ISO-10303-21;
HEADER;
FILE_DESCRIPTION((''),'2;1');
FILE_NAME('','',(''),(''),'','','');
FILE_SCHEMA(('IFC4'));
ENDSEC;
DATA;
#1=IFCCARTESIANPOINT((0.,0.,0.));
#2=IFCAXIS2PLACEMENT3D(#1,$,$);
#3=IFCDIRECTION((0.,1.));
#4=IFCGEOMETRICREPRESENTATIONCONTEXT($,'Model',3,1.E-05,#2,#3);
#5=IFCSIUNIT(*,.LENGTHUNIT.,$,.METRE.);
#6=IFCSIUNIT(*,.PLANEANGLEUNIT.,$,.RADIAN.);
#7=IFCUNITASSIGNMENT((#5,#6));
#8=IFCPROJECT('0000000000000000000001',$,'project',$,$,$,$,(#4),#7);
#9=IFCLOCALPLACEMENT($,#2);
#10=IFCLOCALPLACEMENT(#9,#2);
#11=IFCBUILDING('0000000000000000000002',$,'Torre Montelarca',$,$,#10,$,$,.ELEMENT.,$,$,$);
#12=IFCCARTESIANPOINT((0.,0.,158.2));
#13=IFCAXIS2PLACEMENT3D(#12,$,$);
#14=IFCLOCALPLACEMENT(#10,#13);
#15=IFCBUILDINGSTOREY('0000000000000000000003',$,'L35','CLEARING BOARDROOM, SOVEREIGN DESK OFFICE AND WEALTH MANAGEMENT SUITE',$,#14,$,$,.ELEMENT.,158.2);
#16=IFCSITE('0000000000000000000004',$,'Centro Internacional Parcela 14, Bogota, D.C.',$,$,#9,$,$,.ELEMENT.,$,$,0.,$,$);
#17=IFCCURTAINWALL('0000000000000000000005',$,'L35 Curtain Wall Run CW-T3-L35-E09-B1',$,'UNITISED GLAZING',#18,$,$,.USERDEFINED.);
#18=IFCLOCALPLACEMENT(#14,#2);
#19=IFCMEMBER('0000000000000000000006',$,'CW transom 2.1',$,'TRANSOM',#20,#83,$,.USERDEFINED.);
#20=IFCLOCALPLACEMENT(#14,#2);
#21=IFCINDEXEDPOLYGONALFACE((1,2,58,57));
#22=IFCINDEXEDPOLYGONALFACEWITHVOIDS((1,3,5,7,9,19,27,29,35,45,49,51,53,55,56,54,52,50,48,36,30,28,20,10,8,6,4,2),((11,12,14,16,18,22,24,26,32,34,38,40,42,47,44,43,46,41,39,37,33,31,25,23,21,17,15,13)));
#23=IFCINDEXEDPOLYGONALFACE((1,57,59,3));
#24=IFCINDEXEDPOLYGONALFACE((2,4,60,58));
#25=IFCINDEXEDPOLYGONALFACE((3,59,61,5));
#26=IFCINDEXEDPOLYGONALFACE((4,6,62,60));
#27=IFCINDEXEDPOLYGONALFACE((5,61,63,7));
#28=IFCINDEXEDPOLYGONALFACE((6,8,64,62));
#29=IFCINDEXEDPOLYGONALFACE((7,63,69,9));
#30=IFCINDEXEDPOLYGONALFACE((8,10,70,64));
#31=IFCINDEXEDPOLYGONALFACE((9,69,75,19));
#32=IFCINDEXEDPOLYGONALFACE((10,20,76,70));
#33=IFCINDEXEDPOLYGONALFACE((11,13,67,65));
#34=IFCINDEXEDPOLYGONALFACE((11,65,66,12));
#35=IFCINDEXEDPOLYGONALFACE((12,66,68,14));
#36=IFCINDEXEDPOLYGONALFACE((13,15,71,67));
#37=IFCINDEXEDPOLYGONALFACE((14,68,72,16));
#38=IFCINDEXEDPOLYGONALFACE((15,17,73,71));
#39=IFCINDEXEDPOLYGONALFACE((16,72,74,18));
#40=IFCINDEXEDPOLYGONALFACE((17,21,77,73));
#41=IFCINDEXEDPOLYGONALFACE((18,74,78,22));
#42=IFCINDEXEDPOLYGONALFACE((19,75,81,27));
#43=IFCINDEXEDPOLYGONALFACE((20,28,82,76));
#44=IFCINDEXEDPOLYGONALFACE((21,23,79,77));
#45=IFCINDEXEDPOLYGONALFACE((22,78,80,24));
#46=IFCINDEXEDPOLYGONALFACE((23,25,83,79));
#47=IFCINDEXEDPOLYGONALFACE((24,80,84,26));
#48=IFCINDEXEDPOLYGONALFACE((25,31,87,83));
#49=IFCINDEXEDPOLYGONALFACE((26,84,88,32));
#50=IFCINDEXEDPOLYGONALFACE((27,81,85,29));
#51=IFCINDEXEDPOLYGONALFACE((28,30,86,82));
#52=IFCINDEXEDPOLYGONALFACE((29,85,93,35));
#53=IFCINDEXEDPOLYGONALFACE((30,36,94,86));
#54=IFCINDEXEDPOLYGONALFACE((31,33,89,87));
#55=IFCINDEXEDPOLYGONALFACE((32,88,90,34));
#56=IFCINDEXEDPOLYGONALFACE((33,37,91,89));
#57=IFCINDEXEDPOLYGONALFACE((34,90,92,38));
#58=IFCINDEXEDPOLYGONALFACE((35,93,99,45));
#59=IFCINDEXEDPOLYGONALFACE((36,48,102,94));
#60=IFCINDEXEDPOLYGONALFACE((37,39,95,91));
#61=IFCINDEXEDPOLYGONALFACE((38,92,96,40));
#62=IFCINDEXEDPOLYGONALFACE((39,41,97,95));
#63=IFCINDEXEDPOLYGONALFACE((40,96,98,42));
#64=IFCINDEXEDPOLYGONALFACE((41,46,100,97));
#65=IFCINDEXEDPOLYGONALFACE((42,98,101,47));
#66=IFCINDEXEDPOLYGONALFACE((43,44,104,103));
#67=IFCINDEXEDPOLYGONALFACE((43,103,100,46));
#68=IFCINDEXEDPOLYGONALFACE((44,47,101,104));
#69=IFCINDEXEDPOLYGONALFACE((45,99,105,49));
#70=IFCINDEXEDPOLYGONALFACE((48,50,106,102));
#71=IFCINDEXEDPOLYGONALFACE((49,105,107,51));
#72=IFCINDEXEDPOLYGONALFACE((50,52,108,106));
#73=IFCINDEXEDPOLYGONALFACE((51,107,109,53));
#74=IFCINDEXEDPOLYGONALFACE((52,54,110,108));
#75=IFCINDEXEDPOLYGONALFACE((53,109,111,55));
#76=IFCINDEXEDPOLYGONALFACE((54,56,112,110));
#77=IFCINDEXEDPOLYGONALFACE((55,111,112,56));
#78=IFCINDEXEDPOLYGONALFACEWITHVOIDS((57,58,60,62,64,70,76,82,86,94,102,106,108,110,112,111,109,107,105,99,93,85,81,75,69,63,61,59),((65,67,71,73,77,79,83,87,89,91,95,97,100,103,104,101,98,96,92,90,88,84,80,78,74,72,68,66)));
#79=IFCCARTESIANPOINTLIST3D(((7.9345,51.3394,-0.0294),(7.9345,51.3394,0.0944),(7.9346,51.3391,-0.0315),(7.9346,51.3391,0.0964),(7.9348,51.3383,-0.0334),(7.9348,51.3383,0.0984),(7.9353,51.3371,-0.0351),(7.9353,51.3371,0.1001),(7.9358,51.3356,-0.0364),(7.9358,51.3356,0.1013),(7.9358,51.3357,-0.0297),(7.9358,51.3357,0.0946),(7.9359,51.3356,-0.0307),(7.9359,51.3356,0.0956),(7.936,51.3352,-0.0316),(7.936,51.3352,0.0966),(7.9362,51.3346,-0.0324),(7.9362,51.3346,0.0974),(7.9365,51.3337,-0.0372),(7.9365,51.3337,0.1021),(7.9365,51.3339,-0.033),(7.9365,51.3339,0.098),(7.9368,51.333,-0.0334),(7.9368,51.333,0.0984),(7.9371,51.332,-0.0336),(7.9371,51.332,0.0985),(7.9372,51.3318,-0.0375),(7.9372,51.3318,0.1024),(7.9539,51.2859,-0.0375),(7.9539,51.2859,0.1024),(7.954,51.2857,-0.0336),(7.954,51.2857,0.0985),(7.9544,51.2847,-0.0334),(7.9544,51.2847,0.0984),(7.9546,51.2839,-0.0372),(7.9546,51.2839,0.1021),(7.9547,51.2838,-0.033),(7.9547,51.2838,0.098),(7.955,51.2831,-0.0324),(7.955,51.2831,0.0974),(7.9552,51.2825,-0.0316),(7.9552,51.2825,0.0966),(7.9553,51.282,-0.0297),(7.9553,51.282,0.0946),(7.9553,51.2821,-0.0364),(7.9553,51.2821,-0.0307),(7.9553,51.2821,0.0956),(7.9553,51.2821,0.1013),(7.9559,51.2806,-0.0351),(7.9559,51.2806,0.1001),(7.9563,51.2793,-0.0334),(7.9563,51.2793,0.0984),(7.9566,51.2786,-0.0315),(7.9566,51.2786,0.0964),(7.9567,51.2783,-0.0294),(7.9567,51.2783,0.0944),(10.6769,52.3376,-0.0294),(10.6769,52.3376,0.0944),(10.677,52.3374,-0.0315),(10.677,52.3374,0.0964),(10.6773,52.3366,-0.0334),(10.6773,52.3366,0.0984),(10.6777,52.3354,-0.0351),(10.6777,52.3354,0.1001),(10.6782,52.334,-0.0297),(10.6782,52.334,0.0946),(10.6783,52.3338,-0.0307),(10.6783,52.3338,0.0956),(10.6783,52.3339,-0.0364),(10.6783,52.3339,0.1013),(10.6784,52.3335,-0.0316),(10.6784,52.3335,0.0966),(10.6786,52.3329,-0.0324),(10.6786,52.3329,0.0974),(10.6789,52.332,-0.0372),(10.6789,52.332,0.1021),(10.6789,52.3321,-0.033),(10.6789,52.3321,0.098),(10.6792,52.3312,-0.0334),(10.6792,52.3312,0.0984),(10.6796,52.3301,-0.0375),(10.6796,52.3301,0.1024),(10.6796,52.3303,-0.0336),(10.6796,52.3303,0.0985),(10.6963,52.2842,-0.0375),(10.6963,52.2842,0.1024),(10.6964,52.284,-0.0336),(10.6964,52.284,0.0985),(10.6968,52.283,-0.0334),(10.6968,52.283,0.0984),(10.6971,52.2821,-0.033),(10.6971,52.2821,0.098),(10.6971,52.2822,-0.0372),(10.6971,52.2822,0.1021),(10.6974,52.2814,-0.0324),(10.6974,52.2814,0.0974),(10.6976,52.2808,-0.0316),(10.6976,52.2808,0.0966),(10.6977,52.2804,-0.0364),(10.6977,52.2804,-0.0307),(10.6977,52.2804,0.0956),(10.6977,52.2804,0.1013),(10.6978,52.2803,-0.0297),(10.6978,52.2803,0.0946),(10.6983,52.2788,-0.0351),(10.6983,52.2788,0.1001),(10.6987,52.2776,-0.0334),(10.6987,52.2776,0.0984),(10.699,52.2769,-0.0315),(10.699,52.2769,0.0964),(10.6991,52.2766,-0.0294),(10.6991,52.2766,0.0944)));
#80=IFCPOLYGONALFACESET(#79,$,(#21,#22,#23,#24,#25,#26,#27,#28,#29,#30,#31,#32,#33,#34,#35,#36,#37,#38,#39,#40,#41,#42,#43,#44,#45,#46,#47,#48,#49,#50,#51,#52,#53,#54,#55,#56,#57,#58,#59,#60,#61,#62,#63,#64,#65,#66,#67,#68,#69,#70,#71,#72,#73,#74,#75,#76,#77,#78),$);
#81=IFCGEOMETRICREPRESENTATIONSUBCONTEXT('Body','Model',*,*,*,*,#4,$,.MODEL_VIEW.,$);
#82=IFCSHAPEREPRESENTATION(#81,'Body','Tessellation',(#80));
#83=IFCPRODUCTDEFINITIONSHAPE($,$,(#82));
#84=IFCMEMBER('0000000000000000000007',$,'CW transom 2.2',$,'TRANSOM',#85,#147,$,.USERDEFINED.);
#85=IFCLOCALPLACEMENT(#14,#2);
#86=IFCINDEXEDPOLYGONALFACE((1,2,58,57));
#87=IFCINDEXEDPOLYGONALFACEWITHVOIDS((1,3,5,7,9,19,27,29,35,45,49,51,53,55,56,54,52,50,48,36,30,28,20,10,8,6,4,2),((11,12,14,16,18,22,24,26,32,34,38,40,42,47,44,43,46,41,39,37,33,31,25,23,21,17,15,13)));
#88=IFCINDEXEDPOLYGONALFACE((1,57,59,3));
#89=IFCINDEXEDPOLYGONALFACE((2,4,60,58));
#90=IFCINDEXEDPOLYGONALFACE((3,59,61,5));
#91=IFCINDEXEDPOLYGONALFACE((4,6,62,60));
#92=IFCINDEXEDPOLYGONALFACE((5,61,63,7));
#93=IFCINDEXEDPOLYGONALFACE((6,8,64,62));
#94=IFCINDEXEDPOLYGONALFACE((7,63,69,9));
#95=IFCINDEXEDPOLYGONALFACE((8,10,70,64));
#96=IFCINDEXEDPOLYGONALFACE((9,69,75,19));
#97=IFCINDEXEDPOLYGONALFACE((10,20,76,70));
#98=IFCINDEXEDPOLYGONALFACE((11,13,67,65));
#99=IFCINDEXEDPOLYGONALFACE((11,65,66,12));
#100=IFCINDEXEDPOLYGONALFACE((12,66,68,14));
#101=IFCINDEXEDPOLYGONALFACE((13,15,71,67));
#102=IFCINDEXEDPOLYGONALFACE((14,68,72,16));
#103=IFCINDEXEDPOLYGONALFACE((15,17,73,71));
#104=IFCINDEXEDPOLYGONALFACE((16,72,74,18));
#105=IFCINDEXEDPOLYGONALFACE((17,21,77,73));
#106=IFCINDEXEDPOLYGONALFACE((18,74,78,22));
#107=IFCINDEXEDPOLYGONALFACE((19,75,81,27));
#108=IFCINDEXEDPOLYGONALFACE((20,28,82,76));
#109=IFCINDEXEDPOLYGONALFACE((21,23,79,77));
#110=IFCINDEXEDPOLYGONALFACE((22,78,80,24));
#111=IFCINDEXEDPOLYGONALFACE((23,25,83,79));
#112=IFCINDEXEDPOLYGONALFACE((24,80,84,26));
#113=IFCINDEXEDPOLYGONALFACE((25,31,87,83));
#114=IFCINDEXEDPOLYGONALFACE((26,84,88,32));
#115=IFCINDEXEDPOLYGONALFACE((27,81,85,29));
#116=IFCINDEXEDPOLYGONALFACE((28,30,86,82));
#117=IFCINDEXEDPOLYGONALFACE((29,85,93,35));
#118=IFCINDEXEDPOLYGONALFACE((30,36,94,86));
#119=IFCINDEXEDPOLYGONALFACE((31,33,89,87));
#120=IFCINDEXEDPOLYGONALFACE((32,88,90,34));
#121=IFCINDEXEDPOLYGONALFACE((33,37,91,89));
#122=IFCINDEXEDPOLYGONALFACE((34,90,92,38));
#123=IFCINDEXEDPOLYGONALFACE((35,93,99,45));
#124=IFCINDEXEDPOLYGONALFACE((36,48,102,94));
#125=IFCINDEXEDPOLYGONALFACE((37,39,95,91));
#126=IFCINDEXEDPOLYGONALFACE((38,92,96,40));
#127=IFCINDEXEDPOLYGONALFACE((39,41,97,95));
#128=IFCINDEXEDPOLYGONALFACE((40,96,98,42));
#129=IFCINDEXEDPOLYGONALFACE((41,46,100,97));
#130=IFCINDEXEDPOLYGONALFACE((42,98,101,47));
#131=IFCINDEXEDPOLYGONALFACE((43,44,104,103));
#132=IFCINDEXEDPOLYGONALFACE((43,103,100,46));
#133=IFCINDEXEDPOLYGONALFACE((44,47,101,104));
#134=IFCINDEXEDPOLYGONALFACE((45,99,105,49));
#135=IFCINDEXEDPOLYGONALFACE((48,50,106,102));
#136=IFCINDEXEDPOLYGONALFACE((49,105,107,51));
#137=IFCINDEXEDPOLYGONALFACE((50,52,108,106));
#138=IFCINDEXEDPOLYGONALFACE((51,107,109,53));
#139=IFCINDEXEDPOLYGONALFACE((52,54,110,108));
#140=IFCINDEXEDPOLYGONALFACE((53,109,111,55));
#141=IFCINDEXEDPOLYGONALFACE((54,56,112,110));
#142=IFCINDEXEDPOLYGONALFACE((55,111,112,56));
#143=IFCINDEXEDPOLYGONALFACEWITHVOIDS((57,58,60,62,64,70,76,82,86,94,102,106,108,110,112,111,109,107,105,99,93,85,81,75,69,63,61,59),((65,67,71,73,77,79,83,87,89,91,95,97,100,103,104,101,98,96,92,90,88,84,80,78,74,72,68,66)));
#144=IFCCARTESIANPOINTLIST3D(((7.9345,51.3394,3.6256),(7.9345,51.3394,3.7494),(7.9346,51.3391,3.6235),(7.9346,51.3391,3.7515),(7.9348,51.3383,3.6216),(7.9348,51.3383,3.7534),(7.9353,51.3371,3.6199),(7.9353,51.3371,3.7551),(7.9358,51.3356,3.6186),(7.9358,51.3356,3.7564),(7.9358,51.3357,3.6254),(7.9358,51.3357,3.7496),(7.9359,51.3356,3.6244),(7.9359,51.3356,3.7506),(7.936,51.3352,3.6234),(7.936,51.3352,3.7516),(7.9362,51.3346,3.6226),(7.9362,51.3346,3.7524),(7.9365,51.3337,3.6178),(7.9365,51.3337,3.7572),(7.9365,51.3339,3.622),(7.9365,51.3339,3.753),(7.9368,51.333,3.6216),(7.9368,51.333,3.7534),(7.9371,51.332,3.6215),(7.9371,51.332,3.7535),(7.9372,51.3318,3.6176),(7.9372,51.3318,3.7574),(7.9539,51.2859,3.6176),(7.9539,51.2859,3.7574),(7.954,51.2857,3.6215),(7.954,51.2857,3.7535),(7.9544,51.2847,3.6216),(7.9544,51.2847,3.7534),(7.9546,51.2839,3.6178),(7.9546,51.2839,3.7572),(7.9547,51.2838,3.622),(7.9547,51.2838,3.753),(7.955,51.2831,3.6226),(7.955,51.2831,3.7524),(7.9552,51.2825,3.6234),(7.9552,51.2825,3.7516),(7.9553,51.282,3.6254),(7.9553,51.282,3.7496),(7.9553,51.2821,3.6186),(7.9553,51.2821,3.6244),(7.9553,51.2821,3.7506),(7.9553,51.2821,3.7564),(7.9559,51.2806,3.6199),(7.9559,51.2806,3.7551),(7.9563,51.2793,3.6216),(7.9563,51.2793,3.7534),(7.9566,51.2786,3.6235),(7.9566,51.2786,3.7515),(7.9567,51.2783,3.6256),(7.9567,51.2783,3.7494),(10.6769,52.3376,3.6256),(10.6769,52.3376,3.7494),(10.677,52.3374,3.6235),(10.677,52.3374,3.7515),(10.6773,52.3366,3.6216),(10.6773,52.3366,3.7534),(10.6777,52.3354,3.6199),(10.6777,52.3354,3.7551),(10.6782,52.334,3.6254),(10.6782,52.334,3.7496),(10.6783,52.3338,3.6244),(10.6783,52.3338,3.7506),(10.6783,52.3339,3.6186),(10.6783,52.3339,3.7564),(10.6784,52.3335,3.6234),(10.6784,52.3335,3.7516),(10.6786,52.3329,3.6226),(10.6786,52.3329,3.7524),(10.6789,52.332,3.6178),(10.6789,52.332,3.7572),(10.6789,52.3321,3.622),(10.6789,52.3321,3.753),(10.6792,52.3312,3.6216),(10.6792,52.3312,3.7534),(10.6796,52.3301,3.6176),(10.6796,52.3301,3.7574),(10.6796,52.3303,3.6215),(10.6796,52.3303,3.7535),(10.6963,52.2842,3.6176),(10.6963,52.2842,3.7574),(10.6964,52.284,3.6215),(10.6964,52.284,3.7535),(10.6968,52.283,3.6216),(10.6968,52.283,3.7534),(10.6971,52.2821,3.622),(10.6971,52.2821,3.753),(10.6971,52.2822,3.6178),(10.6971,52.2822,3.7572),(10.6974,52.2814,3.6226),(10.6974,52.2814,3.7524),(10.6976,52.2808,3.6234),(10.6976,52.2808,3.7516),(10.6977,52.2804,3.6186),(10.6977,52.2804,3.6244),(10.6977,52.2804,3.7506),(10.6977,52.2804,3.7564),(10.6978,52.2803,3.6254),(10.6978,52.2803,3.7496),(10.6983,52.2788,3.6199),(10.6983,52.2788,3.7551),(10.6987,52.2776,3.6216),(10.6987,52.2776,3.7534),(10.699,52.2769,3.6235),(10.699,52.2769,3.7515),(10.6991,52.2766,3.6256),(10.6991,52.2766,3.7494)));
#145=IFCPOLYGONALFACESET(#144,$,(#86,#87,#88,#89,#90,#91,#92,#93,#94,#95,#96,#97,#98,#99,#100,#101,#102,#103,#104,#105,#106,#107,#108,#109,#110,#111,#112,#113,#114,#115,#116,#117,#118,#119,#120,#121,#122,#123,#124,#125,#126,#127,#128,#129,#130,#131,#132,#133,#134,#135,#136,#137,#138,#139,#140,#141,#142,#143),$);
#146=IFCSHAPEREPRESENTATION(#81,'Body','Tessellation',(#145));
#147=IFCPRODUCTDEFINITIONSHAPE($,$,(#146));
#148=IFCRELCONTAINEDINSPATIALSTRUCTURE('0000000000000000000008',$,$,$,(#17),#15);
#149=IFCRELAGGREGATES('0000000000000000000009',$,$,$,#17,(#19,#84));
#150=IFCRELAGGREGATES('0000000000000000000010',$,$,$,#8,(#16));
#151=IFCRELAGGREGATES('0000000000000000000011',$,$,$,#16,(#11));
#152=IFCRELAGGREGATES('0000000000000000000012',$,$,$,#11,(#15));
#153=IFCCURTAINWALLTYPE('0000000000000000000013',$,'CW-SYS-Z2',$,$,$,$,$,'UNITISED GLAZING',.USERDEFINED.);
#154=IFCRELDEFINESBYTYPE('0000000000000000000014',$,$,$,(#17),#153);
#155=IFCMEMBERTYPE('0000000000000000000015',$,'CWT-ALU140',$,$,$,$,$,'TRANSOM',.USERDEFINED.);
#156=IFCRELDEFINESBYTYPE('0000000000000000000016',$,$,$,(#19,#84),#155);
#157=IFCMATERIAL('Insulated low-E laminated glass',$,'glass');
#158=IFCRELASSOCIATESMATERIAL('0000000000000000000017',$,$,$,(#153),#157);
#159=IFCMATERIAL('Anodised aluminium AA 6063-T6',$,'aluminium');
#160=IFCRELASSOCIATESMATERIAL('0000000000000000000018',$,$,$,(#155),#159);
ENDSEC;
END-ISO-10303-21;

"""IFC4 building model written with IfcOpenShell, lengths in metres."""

from ifc_helpers import new_model, si_unit, direction, frame, origin, origin_2d, place, context, subcontext, project, spatial, hollow_rectangle, extrude, source, transform, mapped, material, material_profile, profile_set, type_object, element, aggregate, save


model = new_model("IFC4")

# Units and contexts
model_context = context("Model", 3, precision=1e-05, world=origin(), true_north=direction((0.0, 1.0)))
body_context = subcontext(model_context, "Body", "Model", "MODEL_VIEW")
ifc_project = project(units=[si_unit("LENGTHUNIT", "METRE"), si_unit("PLANEANGLEUNIT", "RADIAN")], contexts=[model_context])

# Site, building, storey
site_placement = place(None, origin())
site = spatial("IfcSite", under=ifc_project, at=site_placement, Name="Centro Internacional Parcela 14, Bogota, D.C.", CompositionType="ELEMENT", RefElevation=0.0)
building_placement = place(site_placement, origin())
building = spatial("IfcBuilding", under=site, at=building_placement, Name="Torre Montelarca", CompositionType="ELEMENT")
storey_placement = place(building_placement, frame((0.0, 0.0, 158.2)))
storey = spatial("IfcBuildingStorey", under=building, at=storey_placement, Name="L35", Description="CLEARING BOARDROOM, SOVEREIGN DESK OFFICE AND WEALTH MANAGEMENT SUITE", CompositionType="ELEMENT", Elevation=158.2)

# Curtain wall, members
ifc_material_1 = material(Name="Insulated low-E laminated glass", Category="glass")
curtain_wall_type = type_object("IfcCurtainWallType", Name="CW-SYS-Z2", ElementType="UNITISED GLAZING", PredefinedType="USERDEFINED", material=ifc_material_1)
curtain_wall_1_placement = place(storey_placement, origin())
curtain_wall_1 = element("IfcCurtainWall", 1, at=curtain_wall_1_placement, inside=storey, type_object=curtain_wall_type, Name="L35 Curtain Wall Run CW-T3-L35-E09-B1", ObjectType="UNITISED GLAZING", PredefinedType="USERDEFINED")
ifc_material_2 = material(Name="Anodised aluminium AA 6063-T6", Category="aluminium")
ifc_material_profile_1 = material_profile(ifc_material_2, hollow_rectangle(XDim=0.0649, YDim=0.1399, WallThickness=0.0039, InnerFilletRadius=0.0039, OuterFilletRadius=0.0081, at=origin_2d()), Name="ALU65X140X4", Category="aluminium")
ifc_profile_set_1 = profile_set([ifc_material_profile_1], Name="Anodised aluminium AA 6063-T6")
member_type_1 = type_object("IfcMemberType", Name="CWT-ALU140", ElementType="TRANSOM", PredefinedType="USERDEFINED", material=ifc_profile_set_1)
shared_shape_1 = source(origin(), body_context, "Body", "SweptSolid", [
    extrude(hollow_rectangle(XDim=0.0649, YDim=0.1399, WallThickness=0.0039, InnerFilletRadius=0.0039, OuterFilletRadius=0.0081, at=origin_2d()), origin(), (0.0, 0.0, 1.0), 2.9185),
])
member_1_placement = place(storey_placement, frame((10.688, 52.3071, 0.0325), z_axis=(-0.939679, -0.342059, 0.0), x_axis=(0.342059, -0.939679, 0.0)))
member_1 = element("IfcMember", 2, at=member_1_placement, type_object=member_type_1, Name="CW transom 2.1", ObjectType="TRANSOM", PredefinedType="USERDEFINED", context=body_context, shape_type="MappedRepresentation", body=[
    mapped(shared_shape_1, transform((0.0, 0.0, 0.0), scale=1.0)),
])
member_2_placement = place(storey_placement, frame((10.688, 52.3071, 3.6875), z_axis=(-0.939679, -0.342059, 0.0), x_axis=(0.342059, -0.939679, 0.0)))
member_2 = element("IfcMember", 3, at=member_2_placement, type_object=member_type_1, Name="CW transom 2.2", ObjectType="TRANSOM", PredefinedType="USERDEFINED", context=body_context, shape_type="MappedRepresentation", body=[
    mapped(shared_shape_1, transform((0.0, 0.0, 0.0), scale=1.0)),
])

aggregate(curtain_wall_1, [member_1, member_2])

save(model, "model.ifc")
